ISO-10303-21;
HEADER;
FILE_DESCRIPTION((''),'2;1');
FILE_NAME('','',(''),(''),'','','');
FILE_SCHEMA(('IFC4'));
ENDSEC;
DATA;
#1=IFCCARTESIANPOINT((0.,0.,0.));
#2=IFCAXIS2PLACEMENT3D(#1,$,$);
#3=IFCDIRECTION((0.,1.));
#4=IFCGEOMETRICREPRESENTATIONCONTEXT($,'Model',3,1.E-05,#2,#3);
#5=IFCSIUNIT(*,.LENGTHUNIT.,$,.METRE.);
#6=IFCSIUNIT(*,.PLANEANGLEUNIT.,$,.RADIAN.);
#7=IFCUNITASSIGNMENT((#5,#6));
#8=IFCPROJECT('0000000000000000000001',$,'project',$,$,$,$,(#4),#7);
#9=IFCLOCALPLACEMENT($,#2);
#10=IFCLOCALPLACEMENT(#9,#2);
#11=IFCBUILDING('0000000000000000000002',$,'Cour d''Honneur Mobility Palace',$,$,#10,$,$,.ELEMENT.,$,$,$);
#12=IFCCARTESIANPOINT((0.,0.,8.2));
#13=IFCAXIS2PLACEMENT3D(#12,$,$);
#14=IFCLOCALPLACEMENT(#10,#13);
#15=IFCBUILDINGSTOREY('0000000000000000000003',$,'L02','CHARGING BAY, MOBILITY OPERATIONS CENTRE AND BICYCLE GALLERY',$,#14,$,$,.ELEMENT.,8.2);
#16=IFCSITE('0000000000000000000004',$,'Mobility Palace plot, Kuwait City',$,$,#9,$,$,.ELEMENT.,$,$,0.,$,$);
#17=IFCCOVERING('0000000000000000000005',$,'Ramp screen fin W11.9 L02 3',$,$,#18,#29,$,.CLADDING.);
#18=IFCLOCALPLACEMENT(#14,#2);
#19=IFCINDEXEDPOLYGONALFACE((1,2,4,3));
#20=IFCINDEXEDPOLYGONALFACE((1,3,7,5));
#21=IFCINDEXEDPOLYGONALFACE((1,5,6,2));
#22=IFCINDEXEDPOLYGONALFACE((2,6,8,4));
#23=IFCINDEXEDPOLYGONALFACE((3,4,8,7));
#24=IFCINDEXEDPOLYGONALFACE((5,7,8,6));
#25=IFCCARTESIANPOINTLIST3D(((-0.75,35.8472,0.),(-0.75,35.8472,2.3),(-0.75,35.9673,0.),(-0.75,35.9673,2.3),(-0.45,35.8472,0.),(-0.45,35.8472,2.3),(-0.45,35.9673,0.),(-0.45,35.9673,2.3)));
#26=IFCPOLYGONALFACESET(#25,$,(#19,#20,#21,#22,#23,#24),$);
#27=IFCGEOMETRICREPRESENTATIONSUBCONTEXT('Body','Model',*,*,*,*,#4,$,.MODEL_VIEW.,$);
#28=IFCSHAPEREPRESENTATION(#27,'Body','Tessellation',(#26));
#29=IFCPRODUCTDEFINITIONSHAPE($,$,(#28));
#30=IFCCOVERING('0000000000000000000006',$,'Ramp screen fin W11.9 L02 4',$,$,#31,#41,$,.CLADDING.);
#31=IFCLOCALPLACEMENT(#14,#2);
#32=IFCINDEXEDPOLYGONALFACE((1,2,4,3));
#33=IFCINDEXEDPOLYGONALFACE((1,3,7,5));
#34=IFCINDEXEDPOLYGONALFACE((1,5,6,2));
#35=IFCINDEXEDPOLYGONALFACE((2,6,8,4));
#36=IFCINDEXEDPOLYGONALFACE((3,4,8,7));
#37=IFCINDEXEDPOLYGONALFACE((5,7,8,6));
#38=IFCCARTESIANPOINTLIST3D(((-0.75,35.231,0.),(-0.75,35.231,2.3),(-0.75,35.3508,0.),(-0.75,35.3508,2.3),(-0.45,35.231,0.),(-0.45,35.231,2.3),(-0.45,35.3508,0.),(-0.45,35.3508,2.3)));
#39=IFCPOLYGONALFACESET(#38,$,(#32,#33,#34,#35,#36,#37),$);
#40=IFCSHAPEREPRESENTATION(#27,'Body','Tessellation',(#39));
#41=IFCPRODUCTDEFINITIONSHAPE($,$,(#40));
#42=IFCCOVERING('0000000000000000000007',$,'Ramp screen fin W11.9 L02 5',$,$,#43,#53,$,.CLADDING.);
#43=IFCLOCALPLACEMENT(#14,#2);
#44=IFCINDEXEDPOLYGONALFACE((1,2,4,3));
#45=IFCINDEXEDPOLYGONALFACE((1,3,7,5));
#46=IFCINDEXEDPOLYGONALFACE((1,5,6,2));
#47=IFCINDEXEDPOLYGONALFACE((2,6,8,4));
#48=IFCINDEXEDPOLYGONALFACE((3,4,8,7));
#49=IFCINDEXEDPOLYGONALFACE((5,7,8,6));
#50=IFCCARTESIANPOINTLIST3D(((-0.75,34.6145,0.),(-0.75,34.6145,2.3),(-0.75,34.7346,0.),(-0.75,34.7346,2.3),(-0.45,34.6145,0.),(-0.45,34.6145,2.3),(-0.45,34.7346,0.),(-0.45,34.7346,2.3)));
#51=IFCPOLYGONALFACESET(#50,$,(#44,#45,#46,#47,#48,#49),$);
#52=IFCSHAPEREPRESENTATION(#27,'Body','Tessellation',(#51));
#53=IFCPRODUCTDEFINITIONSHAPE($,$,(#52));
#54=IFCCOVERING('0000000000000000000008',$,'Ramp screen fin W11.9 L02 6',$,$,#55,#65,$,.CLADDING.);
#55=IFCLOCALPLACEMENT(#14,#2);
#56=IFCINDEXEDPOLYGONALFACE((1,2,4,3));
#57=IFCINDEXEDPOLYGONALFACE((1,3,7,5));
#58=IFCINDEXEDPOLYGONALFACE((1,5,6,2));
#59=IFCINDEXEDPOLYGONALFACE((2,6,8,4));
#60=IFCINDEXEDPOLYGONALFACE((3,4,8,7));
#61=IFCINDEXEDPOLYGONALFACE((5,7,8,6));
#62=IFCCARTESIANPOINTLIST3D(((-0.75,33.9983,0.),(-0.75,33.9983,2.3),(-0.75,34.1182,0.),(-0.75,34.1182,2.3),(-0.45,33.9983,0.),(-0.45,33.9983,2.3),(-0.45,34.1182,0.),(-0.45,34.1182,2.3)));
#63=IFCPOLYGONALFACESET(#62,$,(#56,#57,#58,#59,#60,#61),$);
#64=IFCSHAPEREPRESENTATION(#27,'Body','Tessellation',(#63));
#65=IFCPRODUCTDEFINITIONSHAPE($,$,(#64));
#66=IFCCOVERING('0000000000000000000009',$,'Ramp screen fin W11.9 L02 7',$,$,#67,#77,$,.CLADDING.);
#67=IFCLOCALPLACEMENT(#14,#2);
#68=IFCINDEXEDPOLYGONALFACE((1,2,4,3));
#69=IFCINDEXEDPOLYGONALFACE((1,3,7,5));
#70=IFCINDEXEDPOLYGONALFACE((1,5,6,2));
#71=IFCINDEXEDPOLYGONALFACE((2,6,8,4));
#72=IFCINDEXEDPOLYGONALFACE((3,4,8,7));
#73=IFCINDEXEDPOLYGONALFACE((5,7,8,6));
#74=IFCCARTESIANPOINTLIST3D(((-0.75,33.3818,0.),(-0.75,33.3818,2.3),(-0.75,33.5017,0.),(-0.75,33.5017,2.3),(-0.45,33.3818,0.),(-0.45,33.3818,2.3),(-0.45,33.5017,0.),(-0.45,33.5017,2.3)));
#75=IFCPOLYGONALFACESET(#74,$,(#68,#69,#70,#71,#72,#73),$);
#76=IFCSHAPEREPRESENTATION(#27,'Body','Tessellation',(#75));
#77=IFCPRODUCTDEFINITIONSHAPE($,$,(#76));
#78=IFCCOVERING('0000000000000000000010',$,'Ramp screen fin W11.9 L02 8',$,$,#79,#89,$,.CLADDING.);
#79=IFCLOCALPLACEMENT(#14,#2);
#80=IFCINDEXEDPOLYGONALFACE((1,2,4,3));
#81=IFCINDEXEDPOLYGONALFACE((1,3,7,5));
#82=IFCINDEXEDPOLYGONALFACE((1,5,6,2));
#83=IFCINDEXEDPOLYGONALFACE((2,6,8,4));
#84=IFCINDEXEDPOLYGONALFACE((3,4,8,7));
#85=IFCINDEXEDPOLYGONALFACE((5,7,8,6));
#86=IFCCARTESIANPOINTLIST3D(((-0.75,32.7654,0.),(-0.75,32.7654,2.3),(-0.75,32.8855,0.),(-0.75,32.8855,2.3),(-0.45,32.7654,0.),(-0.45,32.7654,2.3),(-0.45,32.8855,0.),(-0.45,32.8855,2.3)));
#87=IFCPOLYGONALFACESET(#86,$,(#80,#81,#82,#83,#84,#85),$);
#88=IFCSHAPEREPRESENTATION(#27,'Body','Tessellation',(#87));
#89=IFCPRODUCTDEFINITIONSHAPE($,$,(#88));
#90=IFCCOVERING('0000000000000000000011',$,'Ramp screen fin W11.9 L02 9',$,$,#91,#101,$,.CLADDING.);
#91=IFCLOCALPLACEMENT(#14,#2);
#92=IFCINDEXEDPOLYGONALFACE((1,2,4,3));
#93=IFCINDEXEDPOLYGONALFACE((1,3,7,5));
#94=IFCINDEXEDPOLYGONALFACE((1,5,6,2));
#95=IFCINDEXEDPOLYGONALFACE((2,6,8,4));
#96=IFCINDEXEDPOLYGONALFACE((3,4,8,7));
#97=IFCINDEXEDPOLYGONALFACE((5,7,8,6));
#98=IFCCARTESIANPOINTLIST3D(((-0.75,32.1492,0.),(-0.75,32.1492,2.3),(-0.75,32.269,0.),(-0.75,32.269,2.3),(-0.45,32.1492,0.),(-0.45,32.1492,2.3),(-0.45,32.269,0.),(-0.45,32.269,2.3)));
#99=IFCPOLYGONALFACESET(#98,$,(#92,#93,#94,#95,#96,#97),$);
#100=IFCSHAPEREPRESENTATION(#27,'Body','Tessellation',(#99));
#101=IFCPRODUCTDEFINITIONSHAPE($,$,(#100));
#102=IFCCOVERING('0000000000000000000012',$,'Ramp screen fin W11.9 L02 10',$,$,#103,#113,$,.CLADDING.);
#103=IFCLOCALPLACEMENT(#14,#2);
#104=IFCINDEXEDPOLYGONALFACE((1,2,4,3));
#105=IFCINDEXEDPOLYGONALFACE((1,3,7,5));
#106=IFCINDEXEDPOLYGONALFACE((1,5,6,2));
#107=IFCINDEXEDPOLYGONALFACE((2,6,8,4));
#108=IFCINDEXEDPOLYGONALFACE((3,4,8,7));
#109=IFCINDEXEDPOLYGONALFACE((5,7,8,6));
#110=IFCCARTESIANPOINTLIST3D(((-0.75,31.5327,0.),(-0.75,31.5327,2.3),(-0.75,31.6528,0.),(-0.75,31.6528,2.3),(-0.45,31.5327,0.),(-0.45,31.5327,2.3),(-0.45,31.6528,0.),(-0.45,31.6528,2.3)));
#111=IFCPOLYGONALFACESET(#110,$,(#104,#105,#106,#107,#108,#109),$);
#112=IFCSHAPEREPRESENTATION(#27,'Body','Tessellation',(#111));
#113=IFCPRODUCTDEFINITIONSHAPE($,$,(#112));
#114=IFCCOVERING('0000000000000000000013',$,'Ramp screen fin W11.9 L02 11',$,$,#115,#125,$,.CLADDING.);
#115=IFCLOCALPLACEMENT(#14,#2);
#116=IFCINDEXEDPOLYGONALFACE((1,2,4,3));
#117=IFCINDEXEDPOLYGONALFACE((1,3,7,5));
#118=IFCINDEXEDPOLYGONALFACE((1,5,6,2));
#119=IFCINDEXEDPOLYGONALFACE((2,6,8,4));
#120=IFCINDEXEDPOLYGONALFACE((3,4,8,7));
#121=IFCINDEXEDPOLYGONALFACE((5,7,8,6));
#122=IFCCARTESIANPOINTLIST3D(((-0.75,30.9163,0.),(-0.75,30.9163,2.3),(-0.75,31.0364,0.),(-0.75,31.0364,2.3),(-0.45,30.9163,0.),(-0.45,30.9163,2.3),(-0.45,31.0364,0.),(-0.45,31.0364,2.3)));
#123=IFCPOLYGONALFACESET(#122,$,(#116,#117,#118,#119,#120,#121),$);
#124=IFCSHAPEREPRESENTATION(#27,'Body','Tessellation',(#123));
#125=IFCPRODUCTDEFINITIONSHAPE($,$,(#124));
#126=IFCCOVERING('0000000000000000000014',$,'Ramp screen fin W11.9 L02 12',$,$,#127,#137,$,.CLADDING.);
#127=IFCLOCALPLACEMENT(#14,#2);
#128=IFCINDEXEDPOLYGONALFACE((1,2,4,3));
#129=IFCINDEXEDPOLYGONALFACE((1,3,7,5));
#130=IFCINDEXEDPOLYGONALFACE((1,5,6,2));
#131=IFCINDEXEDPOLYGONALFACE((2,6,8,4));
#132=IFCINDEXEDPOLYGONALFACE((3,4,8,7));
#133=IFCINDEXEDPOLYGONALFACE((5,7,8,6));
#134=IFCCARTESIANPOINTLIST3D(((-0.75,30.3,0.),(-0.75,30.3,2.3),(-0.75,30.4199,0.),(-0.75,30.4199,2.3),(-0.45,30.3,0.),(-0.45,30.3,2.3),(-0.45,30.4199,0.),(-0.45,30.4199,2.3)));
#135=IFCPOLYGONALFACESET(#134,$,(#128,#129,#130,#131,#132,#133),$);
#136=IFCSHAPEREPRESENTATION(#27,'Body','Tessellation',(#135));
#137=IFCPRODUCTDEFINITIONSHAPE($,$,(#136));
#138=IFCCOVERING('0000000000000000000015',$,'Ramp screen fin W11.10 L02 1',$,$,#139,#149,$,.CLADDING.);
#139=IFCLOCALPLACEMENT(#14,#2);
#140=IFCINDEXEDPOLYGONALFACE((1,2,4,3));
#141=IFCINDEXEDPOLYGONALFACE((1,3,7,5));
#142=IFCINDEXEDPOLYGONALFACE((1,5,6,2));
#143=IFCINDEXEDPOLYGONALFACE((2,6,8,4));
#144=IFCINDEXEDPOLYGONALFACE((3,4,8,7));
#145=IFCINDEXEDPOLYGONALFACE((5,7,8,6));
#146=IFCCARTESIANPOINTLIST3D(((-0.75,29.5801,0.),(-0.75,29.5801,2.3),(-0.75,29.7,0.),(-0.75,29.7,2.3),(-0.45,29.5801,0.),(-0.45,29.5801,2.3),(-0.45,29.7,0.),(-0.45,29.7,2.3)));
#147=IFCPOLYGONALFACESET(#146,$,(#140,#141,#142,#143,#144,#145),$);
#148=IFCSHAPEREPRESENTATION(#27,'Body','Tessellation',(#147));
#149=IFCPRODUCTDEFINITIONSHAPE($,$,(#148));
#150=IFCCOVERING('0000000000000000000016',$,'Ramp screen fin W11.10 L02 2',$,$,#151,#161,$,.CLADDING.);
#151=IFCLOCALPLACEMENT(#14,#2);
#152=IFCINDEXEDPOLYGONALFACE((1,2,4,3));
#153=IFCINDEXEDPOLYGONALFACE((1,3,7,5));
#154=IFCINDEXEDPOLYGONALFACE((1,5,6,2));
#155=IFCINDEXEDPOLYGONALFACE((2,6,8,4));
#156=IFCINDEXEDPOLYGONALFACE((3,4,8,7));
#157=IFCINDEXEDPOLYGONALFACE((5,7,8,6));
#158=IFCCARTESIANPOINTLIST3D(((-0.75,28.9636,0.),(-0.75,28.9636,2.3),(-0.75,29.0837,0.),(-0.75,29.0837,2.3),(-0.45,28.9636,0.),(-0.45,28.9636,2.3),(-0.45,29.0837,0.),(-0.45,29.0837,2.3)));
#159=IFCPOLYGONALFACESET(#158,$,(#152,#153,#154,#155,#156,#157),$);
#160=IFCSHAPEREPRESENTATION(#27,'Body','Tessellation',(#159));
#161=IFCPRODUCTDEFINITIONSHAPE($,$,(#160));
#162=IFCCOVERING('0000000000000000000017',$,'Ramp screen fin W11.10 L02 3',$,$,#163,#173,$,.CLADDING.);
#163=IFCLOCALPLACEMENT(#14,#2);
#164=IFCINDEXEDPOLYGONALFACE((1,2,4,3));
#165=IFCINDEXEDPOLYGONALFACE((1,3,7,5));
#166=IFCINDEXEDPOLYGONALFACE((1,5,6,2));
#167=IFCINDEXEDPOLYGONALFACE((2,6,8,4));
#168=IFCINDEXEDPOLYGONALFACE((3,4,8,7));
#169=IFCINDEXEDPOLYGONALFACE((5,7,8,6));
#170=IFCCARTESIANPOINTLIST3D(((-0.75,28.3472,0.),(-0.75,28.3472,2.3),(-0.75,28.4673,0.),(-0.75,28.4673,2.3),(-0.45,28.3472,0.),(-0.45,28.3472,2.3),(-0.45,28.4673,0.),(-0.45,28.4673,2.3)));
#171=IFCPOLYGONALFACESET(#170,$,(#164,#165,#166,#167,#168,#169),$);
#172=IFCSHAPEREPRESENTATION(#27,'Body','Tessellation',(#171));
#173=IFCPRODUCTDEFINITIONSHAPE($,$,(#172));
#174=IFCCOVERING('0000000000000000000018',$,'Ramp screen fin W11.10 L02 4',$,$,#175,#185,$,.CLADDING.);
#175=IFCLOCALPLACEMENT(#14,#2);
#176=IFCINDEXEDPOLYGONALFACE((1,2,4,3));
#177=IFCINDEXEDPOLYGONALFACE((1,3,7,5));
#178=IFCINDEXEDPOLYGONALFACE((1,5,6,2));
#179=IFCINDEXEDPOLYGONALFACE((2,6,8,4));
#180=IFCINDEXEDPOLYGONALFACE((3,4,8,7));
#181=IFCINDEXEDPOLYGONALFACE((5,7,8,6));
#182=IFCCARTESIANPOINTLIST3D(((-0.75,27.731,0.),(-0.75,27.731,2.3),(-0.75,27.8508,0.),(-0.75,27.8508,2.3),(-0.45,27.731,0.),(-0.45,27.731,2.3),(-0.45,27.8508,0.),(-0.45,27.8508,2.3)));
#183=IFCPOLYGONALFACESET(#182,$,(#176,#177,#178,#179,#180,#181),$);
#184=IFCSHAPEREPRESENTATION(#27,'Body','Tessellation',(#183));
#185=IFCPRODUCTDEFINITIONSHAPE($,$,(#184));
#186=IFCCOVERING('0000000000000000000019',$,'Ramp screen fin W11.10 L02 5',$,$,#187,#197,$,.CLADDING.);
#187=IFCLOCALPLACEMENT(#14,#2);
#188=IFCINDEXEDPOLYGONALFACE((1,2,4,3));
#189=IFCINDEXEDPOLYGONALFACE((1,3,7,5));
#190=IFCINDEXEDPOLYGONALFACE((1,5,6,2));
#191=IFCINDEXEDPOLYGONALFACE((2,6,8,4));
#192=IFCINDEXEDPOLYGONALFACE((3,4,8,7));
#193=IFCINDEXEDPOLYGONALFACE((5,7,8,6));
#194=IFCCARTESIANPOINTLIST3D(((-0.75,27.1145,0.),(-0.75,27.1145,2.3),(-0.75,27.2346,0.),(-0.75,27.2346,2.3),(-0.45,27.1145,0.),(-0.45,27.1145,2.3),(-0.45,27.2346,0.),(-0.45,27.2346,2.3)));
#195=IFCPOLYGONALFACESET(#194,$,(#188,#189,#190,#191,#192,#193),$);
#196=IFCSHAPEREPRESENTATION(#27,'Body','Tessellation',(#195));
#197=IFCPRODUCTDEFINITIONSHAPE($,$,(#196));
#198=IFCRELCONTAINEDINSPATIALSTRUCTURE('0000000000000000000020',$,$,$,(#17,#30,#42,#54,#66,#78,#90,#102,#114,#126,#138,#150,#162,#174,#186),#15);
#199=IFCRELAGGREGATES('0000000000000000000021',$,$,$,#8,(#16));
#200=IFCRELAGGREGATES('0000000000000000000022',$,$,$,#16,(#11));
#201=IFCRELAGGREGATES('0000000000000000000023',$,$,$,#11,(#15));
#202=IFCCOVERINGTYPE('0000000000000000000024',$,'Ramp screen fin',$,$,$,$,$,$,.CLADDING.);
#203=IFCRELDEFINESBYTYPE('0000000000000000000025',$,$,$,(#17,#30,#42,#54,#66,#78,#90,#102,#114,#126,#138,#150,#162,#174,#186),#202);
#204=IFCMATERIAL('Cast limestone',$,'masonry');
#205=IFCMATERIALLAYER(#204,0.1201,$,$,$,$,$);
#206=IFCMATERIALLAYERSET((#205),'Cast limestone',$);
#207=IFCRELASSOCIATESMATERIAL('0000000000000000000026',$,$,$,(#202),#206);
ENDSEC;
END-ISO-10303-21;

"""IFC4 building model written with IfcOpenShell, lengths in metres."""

from ifc_helpers import new_model, si_unit, direction, frame, origin, place, context, subcontext, project, spatial, polyline, outline, extrude, material, layer, layer_set, type_object, element, save


model = new_model("IFC4")

# Units and contexts
model_context = context("Model", 3, precision=1e-05, world=origin(), true_north=direction((0.0, 1.0)))
body_context = subcontext(model_context, "Body", "Model", "MODEL_VIEW")
ifc_project = project(units=[si_unit("LENGTHUNIT", "METRE"), si_unit("PLANEANGLEUNIT", "RADIAN")], contexts=[model_context])

# Site, building, storey
site_placement = place(None, origin())
site = spatial("IfcSite", under=ifc_project, at=site_placement, Name="Mobility Palace plot, Kuwait City", CompositionType="ELEMENT", RefElevation=0.0)
building_placement = place(site_placement, origin())
building = spatial("IfcBuilding", under=site, at=building_placement, Name="Cour d'Honneur Mobility Palace", CompositionType="ELEMENT")
storey_placement = place(building_placement, frame((0.0, 0.0, 8.2)))
storey = spatial("IfcBuildingStorey", under=building, at=storey_placement, Name="L02", Description="CHARGING BAY, MOBILITY OPERATIONS CENTRE AND BICYCLE GALLERY", CompositionType="ELEMENT", Elevation=8.2)

# Coverings
ifc_material = material(Name="Cast limestone", Category="masonry")
ifc_layer = layer(ifc_material, 0.1201)
ifc_layer_set = layer_set([ifc_layer], Name="Cast limestone")
covering_type = type_object("IfcCoveringType", Name="Ramp screen fin", PredefinedType="CLADDING", material=ifc_layer_set)
covering_1_placement = place(storey_placement, origin())
element("IfcCovering", 1, at=covering_1_placement, inside=storey, type_object=covering_type, Name="Ramp screen fin W11.9 L02 3", PredefinedType="CLADDING", context=body_context, shape_type="SweptSolid", body=[
    extrude(outline(polyline([(-0.45, 35.9673), (-0.45, 35.8472), (-0.75, 35.8472), (-0.75, 35.9673), (-0.45, 35.9673)])), origin(), (0.0, 0.0, 1.0), 2.3),
])
covering_2_placement = place(storey_placement, origin())
element("IfcCovering", 2, at=covering_2_placement, inside=storey, type_object=covering_type, Name="Ramp screen fin W11.9 L02 4", PredefinedType="CLADDING", context=body_context, shape_type="SweptSolid", body=[
    extrude(outline(polyline([(-0.45, 35.3508), (-0.45, 35.231), (-0.75, 35.231), (-0.75, 35.3508), (-0.45, 35.3508)])), origin(), (0.0, 0.0, 1.0), 2.3),
])
covering_3_placement = place(storey_placement, origin())
element("IfcCovering", 3, at=covering_3_placement, inside=storey, type_object=covering_type, Name="Ramp screen fin W11.9 L02 5", PredefinedType="CLADDING", context=body_context, shape_type="SweptSolid", body=[
    extrude(outline(polyline([(-0.45, 34.7346), (-0.45, 34.6145), (-0.75, 34.6145), (-0.75, 34.7346), (-0.45, 34.7346)])), origin(), (0.0, 0.0, 1.0), 2.3),
])
covering_4_placement = place(storey_placement, origin())
element("IfcCovering", 4, at=covering_4_placement, inside=storey, type_object=covering_type, Name="Ramp screen fin W11.9 L02 6", PredefinedType="CLADDING", context=body_context, shape_type="SweptSolid", body=[
    extrude(outline(polyline([(-0.45, 34.1182), (-0.45, 33.9983), (-0.75, 33.9983), (-0.75, 34.1182), (-0.45, 34.1182)])), origin(), (0.0, 0.0, 1.0), 2.3),
])
covering_5_placement = place(storey_placement, origin())
element("IfcCovering", 5, at=covering_5_placement, inside=storey, type_object=covering_type, Name="Ramp screen fin W11.9 L02 7", PredefinedType="CLADDING", context=body_context, shape_type="SweptSolid", body=[
    extrude(outline(polyline([(-0.45, 33.5017), (-0.45, 33.3818), (-0.75, 33.3818), (-0.75, 33.5017), (-0.45, 33.5017)])), origin(), (0.0, 0.0, 1.0), 2.3),
])
covering_6_placement = place(storey_placement, origin())
element("IfcCovering", 6, at=covering_6_placement, inside=storey, type_object=covering_type, Name="Ramp screen fin W11.9 L02 8", PredefinedType="CLADDING", context=body_context, shape_type="SweptSolid", body=[
    extrude(outline(polyline([(-0.45, 32.8855), (-0.45, 32.7654), (-0.75, 32.7654), (-0.75, 32.8855), (-0.45, 32.8855)])), origin(), (0.0, 0.0, 1.0), 2.3),
])
covering_7_placement = place(storey_placement, origin())
element("IfcCovering", 7, at=covering_7_placement, inside=storey, type_object=covering_type, Name="Ramp screen fin W11.9 L02 9", PredefinedType="CLADDING", context=body_context, shape_type="SweptSolid", body=[
    extrude(outline(polyline([(-0.45, 32.269), (-0.45, 32.1492), (-0.75, 32.1492), (-0.75, 32.269), (-0.45, 32.269)])), origin(), (0.0, 0.0, 1.0), 2.3),
])
covering_8_placement = place(storey_placement, origin())
element("IfcCovering", 8, at=covering_8_placement, inside=storey, type_object=covering_type, Name="Ramp screen fin W11.9 L02 10", PredefinedType="CLADDING", context=body_context, shape_type="SweptSolid", body=[
    extrude(outline(polyline([(-0.45, 31.6528), (-0.45, 31.5327), (-0.75, 31.5327), (-0.75, 31.6528), (-0.45, 31.6528)])), origin(), (0.0, 0.0, 1.0), 2.3),
])
covering_9_placement = place(storey_placement, origin())
element("IfcCovering", 9, at=covering_9_placement, inside=storey, type_object=covering_type, Name="Ramp screen fin W11.9 L02 11", PredefinedType="CLADDING", context=body_context, shape_type="SweptSolid", body=[
    extrude(outline(polyline([(-0.45, 31.0364), (-0.45, 30.9163), (-0.75, 30.9163), (-0.75, 31.0364), (-0.45, 31.0364)])), origin(), (0.0, 0.0, 1.0), 2.3),
])
covering_10_placement = place(storey_placement, origin())
element("IfcCovering", 10, at=covering_10_placement, inside=storey, type_object=covering_type, Name="Ramp screen fin W11.9 L02 12", PredefinedType="CLADDING", context=body_context, shape_type="SweptSolid", body=[
    extrude(outline(polyline([(-0.45, 30.4199), (-0.45, 30.3), (-0.75, 30.3), (-0.75, 30.4199), (-0.45, 30.4199)])), origin(), (0.0, 0.0, 1.0), 2.3),
])
covering_11_placement = place(storey_placement, origin())
element("IfcCovering", 11, at=covering_11_placement, inside=storey, type_object=covering_type, Name="Ramp screen fin W11.10 L02 1", PredefinedType="CLADDING", context=body_context, shape_type="SweptSolid", body=[
    extrude(outline(polyline([(-0.45, 29.7), (-0.45, 29.5801), (-0.75, 29.5801), (-0.75, 29.7), (-0.45, 29.7)])), origin(), (0.0, 0.0, 1.0), 2.3),
])
covering_12_placement = place(storey_placement, origin())
element("IfcCovering", 12, at=covering_12_placement, inside=storey, type_object=covering_type, Name="Ramp screen fin W11.10 L02 2", PredefinedType="CLADDING", context=body_context, shape_type="SweptSolid", body=[
    extrude(outline(polyline([(-0.45, 29.0837), (-0.45, 28.9636), (-0.75, 28.9636), (-0.75, 29.0837), (-0.45, 29.0837)])), origin(), (0.0, 0.0, 1.0), 2.3),
])
covering_13_placement = place(storey_placement, origin())
element("IfcCovering", 13, at=covering_13_placement, inside=storey, type_object=covering_type, Name="Ramp screen fin W11.10 L02 3", PredefinedType="CLADDING", context=body_context, shape_type="SweptSolid", body=[
    extrude(outline(polyline([(-0.45, 28.4673), (-0.45, 28.3472), (-0.75, 28.3472), (-0.75, 28.4673), (-0.45, 28.4673)])), origin(), (0.0, 0.0, 1.0), 2.3),
])
covering_14_placement = place(storey_placement, origin())
element("IfcCovering", 14, at=covering_14_placement, inside=storey, type_object=covering_type, Name="Ramp screen fin W11.10 L02 4", PredefinedType="CLADDING", context=body_context, shape_type="SweptSolid", body=[
    extrude(outline(polyline([(-0.45, 27.8508), (-0.45, 27.731), (-0.75, 27.731), (-0.75, 27.8508), (-0.45, 27.8508)])), origin(), (0.0, 0.0, 1.0), 2.3),
])
covering_15_placement = place(storey_placement, origin())
element("IfcCovering", 15, at=covering_15_placement, inside=storey, type_object=covering_type, Name="Ramp screen fin W11.10 L02 5", PredefinedType="CLADDING", context=body_context, shape_type="SweptSolid", body=[
    extrude(outline(polyline([(-0.45, 27.2346), (-0.45, 27.1145), (-0.75, 27.1145), (-0.75, 27.2346), (-0.45, 27.2346)])), origin(), (0.0, 0.0, 1.0), 2.3),
])

save(model, "model.ifc")
